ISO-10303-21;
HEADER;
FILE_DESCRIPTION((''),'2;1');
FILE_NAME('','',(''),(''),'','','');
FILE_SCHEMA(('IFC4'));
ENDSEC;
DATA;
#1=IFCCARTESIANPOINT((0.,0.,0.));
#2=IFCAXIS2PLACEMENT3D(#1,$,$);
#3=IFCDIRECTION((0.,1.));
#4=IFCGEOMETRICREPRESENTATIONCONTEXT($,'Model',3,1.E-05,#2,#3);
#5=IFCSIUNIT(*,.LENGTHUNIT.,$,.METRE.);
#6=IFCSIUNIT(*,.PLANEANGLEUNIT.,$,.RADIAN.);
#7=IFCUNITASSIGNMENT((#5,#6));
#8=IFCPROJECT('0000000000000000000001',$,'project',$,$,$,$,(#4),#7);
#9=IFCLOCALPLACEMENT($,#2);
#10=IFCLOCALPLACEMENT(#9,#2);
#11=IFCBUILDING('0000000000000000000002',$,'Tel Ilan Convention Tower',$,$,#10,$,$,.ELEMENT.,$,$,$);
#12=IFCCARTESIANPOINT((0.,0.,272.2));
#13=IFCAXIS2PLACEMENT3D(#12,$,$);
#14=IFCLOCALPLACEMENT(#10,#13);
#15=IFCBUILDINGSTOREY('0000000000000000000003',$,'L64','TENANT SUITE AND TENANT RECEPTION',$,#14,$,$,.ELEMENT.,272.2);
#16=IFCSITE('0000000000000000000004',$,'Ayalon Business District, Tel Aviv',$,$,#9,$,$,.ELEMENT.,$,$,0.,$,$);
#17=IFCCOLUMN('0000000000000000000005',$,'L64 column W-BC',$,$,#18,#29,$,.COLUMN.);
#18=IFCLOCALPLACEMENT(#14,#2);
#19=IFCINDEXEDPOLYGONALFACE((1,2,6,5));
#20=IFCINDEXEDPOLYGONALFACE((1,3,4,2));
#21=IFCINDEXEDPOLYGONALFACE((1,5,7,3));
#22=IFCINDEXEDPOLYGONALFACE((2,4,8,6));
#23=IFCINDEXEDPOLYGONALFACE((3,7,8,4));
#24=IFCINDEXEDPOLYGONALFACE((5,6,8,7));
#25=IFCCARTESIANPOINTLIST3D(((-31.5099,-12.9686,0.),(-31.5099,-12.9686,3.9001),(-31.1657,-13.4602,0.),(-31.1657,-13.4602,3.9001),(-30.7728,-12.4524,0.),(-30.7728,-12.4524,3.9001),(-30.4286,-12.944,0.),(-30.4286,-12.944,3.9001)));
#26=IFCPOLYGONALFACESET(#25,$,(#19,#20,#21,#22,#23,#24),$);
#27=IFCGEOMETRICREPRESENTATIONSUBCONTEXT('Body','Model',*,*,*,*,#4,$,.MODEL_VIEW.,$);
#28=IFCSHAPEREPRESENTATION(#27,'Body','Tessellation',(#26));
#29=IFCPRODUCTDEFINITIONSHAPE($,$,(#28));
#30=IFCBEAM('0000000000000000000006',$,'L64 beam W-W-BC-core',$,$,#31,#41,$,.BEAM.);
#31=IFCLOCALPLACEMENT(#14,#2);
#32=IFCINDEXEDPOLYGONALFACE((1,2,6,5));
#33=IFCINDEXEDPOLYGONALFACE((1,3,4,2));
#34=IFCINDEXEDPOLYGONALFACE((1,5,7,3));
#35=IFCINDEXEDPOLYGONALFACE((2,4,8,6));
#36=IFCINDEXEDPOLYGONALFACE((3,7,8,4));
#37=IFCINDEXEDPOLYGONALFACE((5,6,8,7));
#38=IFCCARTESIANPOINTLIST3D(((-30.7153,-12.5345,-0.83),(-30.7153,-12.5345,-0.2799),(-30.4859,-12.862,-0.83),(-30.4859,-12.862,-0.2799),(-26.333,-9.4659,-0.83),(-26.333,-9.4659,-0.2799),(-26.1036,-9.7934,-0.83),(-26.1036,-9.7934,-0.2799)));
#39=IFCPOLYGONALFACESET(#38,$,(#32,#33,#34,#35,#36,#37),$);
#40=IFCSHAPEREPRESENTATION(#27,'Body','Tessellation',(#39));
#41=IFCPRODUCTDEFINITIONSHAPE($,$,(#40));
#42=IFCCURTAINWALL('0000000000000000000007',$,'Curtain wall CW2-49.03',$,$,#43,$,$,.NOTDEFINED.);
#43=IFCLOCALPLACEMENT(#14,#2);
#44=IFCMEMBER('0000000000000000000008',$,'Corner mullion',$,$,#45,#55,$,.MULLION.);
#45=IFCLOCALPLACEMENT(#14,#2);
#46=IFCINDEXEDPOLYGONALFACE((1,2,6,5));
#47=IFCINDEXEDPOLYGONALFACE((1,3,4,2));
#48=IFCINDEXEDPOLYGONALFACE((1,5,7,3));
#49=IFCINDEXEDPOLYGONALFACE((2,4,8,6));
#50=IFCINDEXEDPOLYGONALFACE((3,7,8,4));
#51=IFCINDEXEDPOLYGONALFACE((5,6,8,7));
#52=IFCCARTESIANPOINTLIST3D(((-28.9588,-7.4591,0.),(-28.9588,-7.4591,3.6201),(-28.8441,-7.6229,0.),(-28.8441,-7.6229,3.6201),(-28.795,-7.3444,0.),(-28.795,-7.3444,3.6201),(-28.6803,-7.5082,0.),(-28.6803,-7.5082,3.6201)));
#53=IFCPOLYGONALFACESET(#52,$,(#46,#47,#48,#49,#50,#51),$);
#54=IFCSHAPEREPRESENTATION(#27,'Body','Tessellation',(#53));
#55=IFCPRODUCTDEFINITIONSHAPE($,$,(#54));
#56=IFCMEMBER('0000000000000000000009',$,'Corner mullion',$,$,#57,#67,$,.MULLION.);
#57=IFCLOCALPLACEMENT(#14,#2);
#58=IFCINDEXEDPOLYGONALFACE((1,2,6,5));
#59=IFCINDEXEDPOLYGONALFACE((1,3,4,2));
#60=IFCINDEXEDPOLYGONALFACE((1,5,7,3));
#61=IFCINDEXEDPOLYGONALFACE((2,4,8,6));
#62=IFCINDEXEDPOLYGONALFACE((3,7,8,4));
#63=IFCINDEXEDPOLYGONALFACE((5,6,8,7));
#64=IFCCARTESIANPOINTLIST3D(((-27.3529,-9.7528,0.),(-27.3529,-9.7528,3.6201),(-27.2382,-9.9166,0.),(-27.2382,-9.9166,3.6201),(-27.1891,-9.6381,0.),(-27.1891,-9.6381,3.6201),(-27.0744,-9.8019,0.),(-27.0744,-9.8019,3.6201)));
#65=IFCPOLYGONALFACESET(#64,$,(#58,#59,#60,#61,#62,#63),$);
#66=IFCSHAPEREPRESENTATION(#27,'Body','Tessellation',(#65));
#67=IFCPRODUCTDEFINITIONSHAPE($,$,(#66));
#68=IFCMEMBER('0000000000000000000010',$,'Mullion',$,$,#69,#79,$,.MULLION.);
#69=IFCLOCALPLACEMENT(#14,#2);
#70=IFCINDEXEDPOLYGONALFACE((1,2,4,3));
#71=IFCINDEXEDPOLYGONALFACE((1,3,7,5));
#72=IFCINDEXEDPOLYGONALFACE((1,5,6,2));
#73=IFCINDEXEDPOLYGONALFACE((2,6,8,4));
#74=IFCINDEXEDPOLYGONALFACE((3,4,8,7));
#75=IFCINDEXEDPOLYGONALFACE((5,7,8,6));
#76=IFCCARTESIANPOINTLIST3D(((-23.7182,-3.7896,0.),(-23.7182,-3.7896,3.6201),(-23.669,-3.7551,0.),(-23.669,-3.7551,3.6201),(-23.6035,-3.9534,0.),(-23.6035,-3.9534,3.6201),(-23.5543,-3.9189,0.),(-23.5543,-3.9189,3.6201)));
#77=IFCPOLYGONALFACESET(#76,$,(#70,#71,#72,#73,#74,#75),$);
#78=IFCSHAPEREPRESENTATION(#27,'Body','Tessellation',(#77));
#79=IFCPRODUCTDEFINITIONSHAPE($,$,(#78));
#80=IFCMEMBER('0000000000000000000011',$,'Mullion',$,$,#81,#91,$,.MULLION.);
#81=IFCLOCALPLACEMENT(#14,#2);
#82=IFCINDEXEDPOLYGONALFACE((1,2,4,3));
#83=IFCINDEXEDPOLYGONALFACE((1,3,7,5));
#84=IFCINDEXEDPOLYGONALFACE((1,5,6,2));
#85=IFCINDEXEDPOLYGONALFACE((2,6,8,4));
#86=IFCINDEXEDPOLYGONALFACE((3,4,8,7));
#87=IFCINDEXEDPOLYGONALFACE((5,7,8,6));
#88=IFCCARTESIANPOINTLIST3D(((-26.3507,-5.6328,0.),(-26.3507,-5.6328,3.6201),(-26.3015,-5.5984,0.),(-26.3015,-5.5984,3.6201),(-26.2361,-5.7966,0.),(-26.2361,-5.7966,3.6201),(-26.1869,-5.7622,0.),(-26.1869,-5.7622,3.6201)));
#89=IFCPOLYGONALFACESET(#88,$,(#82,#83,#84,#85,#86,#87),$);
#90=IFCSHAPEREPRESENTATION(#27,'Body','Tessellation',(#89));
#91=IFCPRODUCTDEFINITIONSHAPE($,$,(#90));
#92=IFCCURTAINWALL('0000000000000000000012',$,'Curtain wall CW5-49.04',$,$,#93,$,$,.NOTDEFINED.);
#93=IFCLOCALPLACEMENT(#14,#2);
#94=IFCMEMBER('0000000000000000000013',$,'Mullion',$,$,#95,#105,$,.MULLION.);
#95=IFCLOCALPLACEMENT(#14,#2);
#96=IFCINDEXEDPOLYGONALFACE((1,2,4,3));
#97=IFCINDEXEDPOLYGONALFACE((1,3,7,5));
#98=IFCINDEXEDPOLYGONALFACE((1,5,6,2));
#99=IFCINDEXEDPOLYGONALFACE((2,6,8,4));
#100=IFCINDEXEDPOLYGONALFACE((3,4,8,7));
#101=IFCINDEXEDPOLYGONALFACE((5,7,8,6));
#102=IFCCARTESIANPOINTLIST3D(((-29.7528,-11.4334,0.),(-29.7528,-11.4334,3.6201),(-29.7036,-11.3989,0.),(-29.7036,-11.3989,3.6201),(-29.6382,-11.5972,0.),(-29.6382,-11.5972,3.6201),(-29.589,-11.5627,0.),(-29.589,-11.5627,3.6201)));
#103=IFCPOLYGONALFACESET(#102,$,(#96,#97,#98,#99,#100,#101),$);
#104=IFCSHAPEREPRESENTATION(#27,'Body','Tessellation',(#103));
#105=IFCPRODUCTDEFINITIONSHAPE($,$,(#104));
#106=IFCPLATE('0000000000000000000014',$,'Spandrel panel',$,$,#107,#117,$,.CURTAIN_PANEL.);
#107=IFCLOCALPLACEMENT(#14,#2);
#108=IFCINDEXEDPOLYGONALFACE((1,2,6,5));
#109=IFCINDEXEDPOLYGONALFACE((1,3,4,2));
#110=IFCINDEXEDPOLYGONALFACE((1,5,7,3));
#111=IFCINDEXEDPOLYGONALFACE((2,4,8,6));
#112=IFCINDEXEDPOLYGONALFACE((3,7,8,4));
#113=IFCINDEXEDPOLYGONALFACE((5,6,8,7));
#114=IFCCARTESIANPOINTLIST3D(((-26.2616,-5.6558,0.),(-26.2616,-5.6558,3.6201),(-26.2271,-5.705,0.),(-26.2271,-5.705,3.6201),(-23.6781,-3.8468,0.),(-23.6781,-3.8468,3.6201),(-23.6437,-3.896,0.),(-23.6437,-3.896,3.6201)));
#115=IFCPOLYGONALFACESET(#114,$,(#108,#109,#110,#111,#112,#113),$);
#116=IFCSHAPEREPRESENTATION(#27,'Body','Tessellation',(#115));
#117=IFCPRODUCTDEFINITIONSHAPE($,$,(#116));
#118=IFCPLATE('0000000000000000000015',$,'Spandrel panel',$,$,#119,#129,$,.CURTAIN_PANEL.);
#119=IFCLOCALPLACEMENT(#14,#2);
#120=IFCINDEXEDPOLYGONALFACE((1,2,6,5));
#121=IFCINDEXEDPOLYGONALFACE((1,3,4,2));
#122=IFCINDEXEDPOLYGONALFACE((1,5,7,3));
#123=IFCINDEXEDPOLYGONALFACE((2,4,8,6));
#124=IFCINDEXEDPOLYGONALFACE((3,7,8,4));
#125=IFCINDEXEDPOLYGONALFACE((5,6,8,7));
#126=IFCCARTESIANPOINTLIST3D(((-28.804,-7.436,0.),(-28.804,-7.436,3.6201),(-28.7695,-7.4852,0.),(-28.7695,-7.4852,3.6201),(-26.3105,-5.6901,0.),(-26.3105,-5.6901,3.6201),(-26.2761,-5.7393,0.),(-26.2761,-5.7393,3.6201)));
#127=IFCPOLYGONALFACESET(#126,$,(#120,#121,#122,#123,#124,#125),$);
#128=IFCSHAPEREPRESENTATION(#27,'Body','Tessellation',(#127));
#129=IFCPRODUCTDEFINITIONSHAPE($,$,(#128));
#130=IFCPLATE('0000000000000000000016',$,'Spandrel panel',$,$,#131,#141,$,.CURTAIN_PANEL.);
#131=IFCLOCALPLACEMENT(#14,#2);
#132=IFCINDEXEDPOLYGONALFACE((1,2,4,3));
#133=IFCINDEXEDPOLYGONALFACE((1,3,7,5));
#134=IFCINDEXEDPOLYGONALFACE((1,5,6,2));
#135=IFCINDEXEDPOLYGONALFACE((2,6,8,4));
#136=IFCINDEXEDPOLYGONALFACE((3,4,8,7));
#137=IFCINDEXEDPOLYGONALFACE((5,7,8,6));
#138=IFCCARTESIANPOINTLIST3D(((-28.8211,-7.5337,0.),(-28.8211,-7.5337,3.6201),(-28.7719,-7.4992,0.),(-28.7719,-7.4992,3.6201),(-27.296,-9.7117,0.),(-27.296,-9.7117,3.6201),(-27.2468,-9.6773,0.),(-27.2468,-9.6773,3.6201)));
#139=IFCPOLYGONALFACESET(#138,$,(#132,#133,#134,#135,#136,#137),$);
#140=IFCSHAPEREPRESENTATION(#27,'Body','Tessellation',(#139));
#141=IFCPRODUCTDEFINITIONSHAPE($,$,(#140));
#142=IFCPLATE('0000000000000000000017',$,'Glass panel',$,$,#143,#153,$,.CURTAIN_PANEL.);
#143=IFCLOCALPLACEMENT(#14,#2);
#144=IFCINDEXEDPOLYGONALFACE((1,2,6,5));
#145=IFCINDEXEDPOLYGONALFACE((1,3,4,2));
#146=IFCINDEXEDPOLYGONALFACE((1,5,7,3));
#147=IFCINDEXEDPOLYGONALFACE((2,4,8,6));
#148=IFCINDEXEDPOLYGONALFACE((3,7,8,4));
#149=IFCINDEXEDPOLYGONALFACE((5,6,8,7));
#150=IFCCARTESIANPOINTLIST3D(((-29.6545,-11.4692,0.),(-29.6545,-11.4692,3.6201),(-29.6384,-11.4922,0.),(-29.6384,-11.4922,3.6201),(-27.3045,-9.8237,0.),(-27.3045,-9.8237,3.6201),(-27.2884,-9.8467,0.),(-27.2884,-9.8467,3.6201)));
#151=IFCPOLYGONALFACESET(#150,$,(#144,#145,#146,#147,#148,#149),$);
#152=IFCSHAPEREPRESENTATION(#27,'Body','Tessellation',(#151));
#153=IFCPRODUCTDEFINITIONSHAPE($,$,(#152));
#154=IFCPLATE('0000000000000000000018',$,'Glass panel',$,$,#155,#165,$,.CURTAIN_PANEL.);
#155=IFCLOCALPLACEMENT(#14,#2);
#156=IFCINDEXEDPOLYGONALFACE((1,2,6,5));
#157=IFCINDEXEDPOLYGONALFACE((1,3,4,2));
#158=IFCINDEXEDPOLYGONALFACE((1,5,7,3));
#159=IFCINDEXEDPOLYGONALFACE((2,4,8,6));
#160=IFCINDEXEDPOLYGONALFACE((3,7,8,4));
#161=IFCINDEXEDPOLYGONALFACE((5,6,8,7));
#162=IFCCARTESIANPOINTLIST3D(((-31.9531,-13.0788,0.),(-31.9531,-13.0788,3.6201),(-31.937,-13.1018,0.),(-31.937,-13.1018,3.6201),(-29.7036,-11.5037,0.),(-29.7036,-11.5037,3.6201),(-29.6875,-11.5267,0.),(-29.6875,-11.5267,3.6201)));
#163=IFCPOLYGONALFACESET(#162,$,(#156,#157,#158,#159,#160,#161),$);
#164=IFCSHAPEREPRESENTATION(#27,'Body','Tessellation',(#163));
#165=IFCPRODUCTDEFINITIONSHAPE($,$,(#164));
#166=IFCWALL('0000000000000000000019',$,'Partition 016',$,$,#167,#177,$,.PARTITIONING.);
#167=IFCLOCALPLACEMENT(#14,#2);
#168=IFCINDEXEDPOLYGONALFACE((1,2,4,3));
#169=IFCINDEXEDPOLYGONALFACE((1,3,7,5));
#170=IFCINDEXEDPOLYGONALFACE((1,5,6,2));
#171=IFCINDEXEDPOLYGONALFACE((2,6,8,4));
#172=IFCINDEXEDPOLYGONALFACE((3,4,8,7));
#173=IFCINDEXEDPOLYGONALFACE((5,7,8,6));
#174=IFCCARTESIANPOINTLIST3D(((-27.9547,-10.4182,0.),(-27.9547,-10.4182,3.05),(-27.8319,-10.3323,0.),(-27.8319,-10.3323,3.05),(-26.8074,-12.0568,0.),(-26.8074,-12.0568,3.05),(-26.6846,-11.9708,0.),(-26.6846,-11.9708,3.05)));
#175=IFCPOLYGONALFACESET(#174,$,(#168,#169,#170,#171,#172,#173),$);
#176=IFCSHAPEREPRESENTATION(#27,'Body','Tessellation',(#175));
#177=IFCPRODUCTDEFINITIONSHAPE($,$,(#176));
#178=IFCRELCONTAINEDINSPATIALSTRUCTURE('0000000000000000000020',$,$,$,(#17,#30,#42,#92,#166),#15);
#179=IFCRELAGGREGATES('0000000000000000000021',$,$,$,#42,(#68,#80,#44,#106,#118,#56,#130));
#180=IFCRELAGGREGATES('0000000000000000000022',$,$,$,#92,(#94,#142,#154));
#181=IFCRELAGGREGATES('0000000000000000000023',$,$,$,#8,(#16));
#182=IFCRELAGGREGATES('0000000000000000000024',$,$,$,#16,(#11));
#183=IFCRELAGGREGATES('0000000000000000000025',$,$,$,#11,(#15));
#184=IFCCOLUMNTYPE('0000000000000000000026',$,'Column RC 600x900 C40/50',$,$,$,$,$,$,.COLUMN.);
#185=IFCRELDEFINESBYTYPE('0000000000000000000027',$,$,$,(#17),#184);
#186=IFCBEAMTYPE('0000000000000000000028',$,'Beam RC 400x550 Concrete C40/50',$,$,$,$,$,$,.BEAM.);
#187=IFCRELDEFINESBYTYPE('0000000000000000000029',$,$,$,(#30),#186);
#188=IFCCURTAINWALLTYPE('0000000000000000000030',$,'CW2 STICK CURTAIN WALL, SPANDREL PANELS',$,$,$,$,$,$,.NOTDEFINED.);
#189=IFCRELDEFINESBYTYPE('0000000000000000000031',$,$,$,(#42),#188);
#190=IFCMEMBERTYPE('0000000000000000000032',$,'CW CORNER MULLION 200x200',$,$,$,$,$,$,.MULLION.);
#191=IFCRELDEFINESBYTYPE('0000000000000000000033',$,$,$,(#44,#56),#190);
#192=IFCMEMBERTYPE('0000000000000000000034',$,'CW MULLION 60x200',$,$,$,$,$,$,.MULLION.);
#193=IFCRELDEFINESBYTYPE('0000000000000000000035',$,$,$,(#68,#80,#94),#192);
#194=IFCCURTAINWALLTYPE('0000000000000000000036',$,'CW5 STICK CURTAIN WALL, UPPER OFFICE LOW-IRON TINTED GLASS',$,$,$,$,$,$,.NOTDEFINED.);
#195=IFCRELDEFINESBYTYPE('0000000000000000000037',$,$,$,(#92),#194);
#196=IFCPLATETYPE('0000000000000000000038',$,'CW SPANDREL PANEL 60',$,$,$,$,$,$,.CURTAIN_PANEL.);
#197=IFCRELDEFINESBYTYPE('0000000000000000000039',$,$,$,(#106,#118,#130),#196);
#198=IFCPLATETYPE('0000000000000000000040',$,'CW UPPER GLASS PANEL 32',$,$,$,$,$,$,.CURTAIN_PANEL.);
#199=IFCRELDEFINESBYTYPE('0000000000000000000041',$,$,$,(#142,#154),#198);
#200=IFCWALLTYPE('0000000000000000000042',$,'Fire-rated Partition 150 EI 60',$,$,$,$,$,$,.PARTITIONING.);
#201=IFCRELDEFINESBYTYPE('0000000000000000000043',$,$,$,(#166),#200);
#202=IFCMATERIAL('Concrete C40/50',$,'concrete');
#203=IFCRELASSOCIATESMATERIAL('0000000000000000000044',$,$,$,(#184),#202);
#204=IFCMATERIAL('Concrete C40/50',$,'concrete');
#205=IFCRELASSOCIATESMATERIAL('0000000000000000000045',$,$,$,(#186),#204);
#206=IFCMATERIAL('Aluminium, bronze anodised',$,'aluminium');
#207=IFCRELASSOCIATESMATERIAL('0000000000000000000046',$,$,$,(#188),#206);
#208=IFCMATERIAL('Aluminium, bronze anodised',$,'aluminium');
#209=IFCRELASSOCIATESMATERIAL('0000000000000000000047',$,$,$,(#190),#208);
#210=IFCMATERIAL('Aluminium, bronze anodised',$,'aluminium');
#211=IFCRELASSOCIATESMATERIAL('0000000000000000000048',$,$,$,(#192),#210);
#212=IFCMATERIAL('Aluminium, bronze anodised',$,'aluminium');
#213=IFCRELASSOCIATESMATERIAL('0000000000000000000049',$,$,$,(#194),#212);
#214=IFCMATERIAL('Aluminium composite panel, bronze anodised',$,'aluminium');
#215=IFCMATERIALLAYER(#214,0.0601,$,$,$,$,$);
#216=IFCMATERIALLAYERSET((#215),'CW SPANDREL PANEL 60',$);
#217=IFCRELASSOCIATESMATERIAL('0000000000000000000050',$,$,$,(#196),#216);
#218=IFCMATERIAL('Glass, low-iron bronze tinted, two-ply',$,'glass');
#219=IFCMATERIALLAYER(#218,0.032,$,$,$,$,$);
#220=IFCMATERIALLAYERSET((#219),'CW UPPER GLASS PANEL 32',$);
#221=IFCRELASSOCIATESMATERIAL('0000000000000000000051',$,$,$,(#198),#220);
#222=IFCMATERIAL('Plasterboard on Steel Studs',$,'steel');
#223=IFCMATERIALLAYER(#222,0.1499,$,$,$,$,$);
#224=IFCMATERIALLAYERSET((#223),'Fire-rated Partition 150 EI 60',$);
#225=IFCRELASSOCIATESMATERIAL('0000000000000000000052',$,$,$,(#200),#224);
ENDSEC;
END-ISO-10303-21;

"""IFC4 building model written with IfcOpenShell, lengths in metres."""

from ifc_helpers import new_model, si_unit, direction, frame, frame_2d, origin, origin_2d, place, context, subcontext, project, spatial, rectangle, extrude, material, layer, layer_set, material_profile, profile_set, type_object, element, aggregate, save


model = new_model("IFC4")

# Units and contexts
model_context = context("Model", 3, precision=1e-05, world=origin(), true_north=direction((0.0, 1.0)))
body_context = subcontext(model_context, "Body", "Model", "MODEL_VIEW")
ifc_project = project(units=[si_unit("LENGTHUNIT", "METRE"), si_unit("PLANEANGLEUNIT", "RADIAN")], contexts=[model_context])

# Site, building, storey
site_placement = place(None, origin())
site = spatial("IfcSite", under=ifc_project, at=site_placement, Name="Ayalon Business District, Tel Aviv", CompositionType="ELEMENT", RefElevation=0.0)
building_placement = place(site_placement, origin())
building = spatial("IfcBuilding", under=site, at=building_placement, Name="Tel Ilan Convention Tower", CompositionType="ELEMENT")
storey_placement = place(building_placement, frame((0.0, 0.0, 272.2)))
storey = spatial("IfcBuildingStorey", under=building, at=storey_placement, Name="L64", Description="TENANT SUITE AND TENANT RECEPTION", CompositionType="ELEMENT", Elevation=272.2)

# Column
ifc_material_1 = material(Name="Concrete C40/50", Category="concrete")
ifc_material_profile_1 = material_profile(ifc_material_1, rectangle(XDim=0.8999, YDim=0.6001, at=origin_2d()), Name="RC 600x900")
ifc_profile_set_1 = profile_set([ifc_material_profile_1], Name="Concrete C40/50")
column_type = type_object("IfcColumnType", Name="Column RC 600x900 C40/50", PredefinedType="COLUMN", material=ifc_profile_set_1)
column_placement = place(storey_placement, frame((-30.9692, -12.9563, 0.0), z_axis=(0.0, 0.0, 1.0), x_axis=(-0.819152, -0.573576, 0.0)))
element("IfcColumn", 1, at=column_placement, inside=storey, type_object=column_type, Name="L64 column W-BC", PredefinedType="COLUMN", context=body_context, shape_type="SweptSolid", body=[
    extrude(rectangle(XDim=0.8999, YDim=0.6001, at=origin_2d()), origin(), (0.0, 0.0, 1.0), 3.9001),
])

# Beam
ifc_material_2 = material(Name="Concrete C40/50", Category="concrete")
ifc_material_profile_2 = material_profile(ifc_material_2, rectangle(XDim=0.3999, YDim=0.55, at=origin_2d()), Name="RC 400x550")
ifc_profile_set_2 = profile_set([ifc_material_profile_2], Name="Concrete C40/50")
beam_type = type_object("IfcBeamType", Name="Beam RC 400x550 Concrete C40/50", PredefinedType="BEAM", material=ifc_profile_set_2)
beam_placement = place(storey_placement, frame((-30.6006, -12.6982, -0.5549), z_axis=(0.819146, 0.573585, 0.0), x_axis=(-0.573585, 0.819146, 0.0)))
element("IfcBeam", 2, at=beam_placement, inside=storey, type_object=beam_type, Name="L64 beam W-W-BC-core", PredefinedType="BEAM", context=body_context, shape_type="SweptSolid", body=[
    extrude(rectangle(XDim=0.3999, YDim=0.55, at=origin_2d()), origin(), (0.0, 0.0, 1.0), 5.3499),
])

# Curtain wall, members
ifc_material_3 = material(Name="Aluminium, bronze anodised", Category="aluminium")
curtain_wall_type_1 = type_object("IfcCurtainWallType", Name="CW2 STICK CURTAIN WALL, SPANDREL PANELS", PredefinedType="NOTDEFINED", material=ifc_material_3)
curtain_wall_1_placement = place(storey_placement, origin())
curtain_wall_1 = element("IfcCurtainWall", 3, at=curtain_wall_1_placement, inside=storey, type_object=curtain_wall_type_1, Name="Curtain wall CW2-49.03", PredefinedType="NOTDEFINED")
ifc_material_4 = material(Name="Aluminium, bronze anodised", Category="aluminium")
ifc_material_profile_3 = material_profile(ifc_material_4, rectangle(XDim=0.2, YDim=0.2, at=origin_2d()), Name="CW CORNER MULLION 200x200")
ifc_profile_set_3 = profile_set([ifc_material_profile_3], Name="Aluminium, bronze anodised")
member_type_1 = type_object("IfcMemberType", Name="CW CORNER MULLION 200x200", PredefinedType="MULLION", material=ifc_profile_set_3)
member_1_placement = place(storey_placement, frame((-28.8196, -7.4836, 0.0), z_axis=(0.0, 0.0, 1.0), x_axis=(-0.819152, -0.573576, 0.0)))
member_1 = element("IfcMember", 4, at=member_1_placement, type_object=member_type_1, Name="Corner mullion", PredefinedType="MULLION", context=body_context, shape_type="SweptSolid", body=[
    extrude(rectangle(XDim=0.2, YDim=0.2, at=origin_2d()), origin(), (0.0, 0.0, 1.0), 3.6201),
])
member_2_placement = place(storey_placement, frame((-27.2136, -9.7773, 0.0), z_axis=(0.0, 0.0, 1.0), x_axis=(0.573576, -0.819152, 0.0)))
member_2 = element("IfcMember", 5, at=member_2_placement, type_object=member_type_1, Name="Corner mullion", PredefinedType="MULLION", context=body_context, shape_type="SweptSolid", body=[
    extrude(rectangle(XDim=0.2, YDim=0.2, at=origin_2d()), origin(), (0.0, 0.0, 1.0), 3.6201),
])
ifc_material_5 = material(Name="Aluminium, bronze anodised", Category="aluminium")
ifc_material_profile_4 = material_profile(ifc_material_5, rectangle(XDim=0.0601, YDim=0.2, at=origin_2d()), Name="CW MULLION 60x200")
ifc_profile_set_4 = profile_set([ifc_material_profile_4], Name="Aluminium, bronze anodised")
member_type_2 = type_object("IfcMemberType", Name="CW MULLION 60x200", PredefinedType="MULLION", material=ifc_profile_set_4)
member_3_placement = place(storey_placement, frame((-23.6362, -3.8542, 0.0), z_axis=(0.0, 0.0, 1.0), x_axis=(-0.819152, -0.573576, 0.0)))
member_3 = element("IfcMember", 6, at=member_3_placement, type_object=member_type_2, Name="Mullion", PredefinedType="MULLION", context=body_context, shape_type="SweptSolid", body=[
    extrude(rectangle(XDim=0.0601, YDim=0.2, at=origin_2d()), origin(), (0.0, 0.0, 1.0), 3.6201),
])
member_4_placement = place(storey_placement, frame((-26.2688, -5.6975, 0.0), z_axis=(0.0, 0.0, 1.0), x_axis=(-0.819152, -0.573576, 0.0)))
member_4 = element("IfcMember", 7, at=member_4_placement, type_object=member_type_2, Name="Mullion", PredefinedType="MULLION", context=body_context, shape_type="SweptSolid", body=[
    extrude(rectangle(XDim=0.0601, YDim=0.2, at=origin_2d()), origin(), (0.0, 0.0, 1.0), 3.6201),
])

# Curtain wall, member
ifc_material_6 = material(Name="Aluminium, bronze anodised", Category="aluminium")
curtain_wall_type_2 = type_object("IfcCurtainWallType", Name="CW5 STICK CURTAIN WALL, UPPER OFFICE LOW-IRON TINTED GLASS", PredefinedType="NOTDEFINED", material=ifc_material_6)
curtain_wall_2_placement = place(storey_placement, origin())
curtain_wall_2 = element("IfcCurtainWall", 8, at=curtain_wall_2_placement, inside=storey, type_object=curtain_wall_type_2, Name="Curtain wall CW5-49.04", PredefinedType="NOTDEFINED")
member_5_placement = place(storey_placement, frame((-29.6709, -11.498, 0.0), z_axis=(0.0, 0.0, 1.0), x_axis=(-0.819152, -0.573576, 0.0)))
member_5 = element("IfcMember", 9, at=member_5_placement, type_object=member_type_2, Name="Mullion", PredefinedType="MULLION", context=body_context, shape_type="SweptSolid", body=[
    extrude(rectangle(XDim=0.0601, YDim=0.2, at=origin_2d()), origin(), (0.0, 0.0, 1.0), 3.6201),
])

# Plates
ifc_material_7 = material(Name="Aluminium composite panel, bronze anodised", Category="aluminium")
ifc_layer_1 = layer(ifc_material_7, 0.0601)
ifc_layer_set_1 = layer_set([ifc_layer_1], Name="CW SPANDREL PANEL 60")
plate_type_1 = type_object("IfcPlateType", Name="CW SPANDREL PANEL 60", PredefinedType="CURTAIN_PANEL", material=ifc_layer_set_1)
plate_1_placement = place(storey_placement, frame((-24.9526, -4.7759, 0.0), z_axis=(0.0, 0.0, 1.0), x_axis=(-0.819152, -0.573576, 0.0)))
plate_1 = element("IfcPlate", 10, at=plate_1_placement, type_object=plate_type_1, Name="Spandrel panel", PredefinedType="CURTAIN_PANEL", context=body_context, shape_type="SweptSolid", body=[
    extrude(rectangle(XDim=3.1538, YDim=0.0601, at=origin_2d()), origin(), (0.0, 0.0, 1.0), 3.6201),
])
plate_2_placement = place(storey_placement, frame((-27.54, -6.5876, 0.0), z_axis=(0.0, 0.0, 1.0), x_axis=(-0.819152, -0.573576, 0.0)))
plate_2 = element("IfcPlate", 11, at=plate_2_placement, type_object=plate_type_1, Name="Spandrel panel", PredefinedType="CURTAIN_PANEL", context=body_context, shape_type="SweptSolid", body=[
    extrude(rectangle(XDim=3.0439, YDim=0.0601, at=origin_2d()), origin(), (0.0, 0.0, 1.0), 3.6201),
])
plate_3_placement = place(storey_placement, frame((-28.0339, -8.6055, 0.0), z_axis=(0.0, 0.0, 1.0), x_axis=(0.573576, -0.819152, 0.0)))
plate_3 = element("IfcPlate", 12, at=plate_3_placement, type_object=plate_type_1, Name="Spandrel panel", PredefinedType="CURTAIN_PANEL", context=body_context, shape_type="SweptSolid", body=[
    extrude(rectangle(XDim=2.6589, YDim=0.0601, at=origin_2d()), origin(), (0.0, 0.0, 1.0), 3.6201),
])
aggregate(curtain_wall_1, [member_3, member_4, member_1, plate_1, plate_2, member_2, plate_3])
ifc_material_8 = material(Name="Glass, low-iron bronze tinted, two-ply", Category="glass")
ifc_layer_2 = layer(ifc_material_8, 0.032)
ifc_layer_set_2 = layer_set([ifc_layer_2], Name="CW UPPER GLASS PANEL 32")
plate_type_2 = type_object("IfcPlateType", Name="CW UPPER GLASS PANEL 32", PredefinedType="CURTAIN_PANEL", material=ifc_layer_set_2)
plate_4_placement = place(storey_placement, frame((-28.4714, -10.658, 0.0), z_axis=(0.0, 0.0, 1.0), x_axis=(-0.819152, -0.573576, 0.0)))
plate_4 = element("IfcPlate", 13, at=plate_4_placement, type_object=plate_type_2, Name="Glass panel", PredefinedType="CURTAIN_PANEL", context=body_context, shape_type="SweptSolid", body=[
    extrude(rectangle(XDim=2.8689, YDim=0.0281, at=origin_2d()), origin(), (0.0, 0.0, 1.0), 3.6201),
])
plate_5_placement = place(storey_placement, frame((-30.8203, -12.3027, 0.0), z_axis=(0.0, 0.0, 1.0), x_axis=(-0.819152, -0.573576, 0.0)))
plate_5 = element("IfcPlate", 14, at=plate_5_placement, type_object=plate_type_2, Name="Glass panel", PredefinedType="CURTAIN_PANEL", context=body_context, shape_type="SweptSolid", body=[
    extrude(rectangle(XDim=2.7461, YDim=0.0281, at=origin_2d()), origin(), (0.0, 0.0, 1.0), 3.6201),
])
aggregate(curtain_wall_2, [member_5, plate_4, plate_5])

# Wall
ifc_material_9 = material(Name="Plasterboard on Steel Studs", Category="steel")
ifc_layer_3 = layer(ifc_material_9, 0.1499)
ifc_layer_set_3 = layer_set([ifc_layer_3], Name="Fire-rated Partition 150 EI 60")
wall_type_1 = type_object("IfcWallType", Name="Fire-rated Partition 150 EI 60", PredefinedType="PARTITIONING", material=ifc_layer_set_3)
wall_1_placement = place(storey_placement, frame((-26.7461, -12.0137, 0.0), z_axis=(0.0, 0.0, 1.0), x_axis=(-0.573569, 0.819157, 0.0)))
element("IfcWall", 15, at=wall_1_placement, inside=storey, type_object=wall_type_1, Name="Partition 016", PredefinedType="PARTITIONING", context=body_context, shape_type="SweptSolid", body=[
    extrude(rectangle(XDim=2.0002, YDim=0.1499, at=frame_2d((1.0, 0.0))), origin(), (0.0, 0.0, 1.0), 3.05),
])

save(model, "model.ifc")
